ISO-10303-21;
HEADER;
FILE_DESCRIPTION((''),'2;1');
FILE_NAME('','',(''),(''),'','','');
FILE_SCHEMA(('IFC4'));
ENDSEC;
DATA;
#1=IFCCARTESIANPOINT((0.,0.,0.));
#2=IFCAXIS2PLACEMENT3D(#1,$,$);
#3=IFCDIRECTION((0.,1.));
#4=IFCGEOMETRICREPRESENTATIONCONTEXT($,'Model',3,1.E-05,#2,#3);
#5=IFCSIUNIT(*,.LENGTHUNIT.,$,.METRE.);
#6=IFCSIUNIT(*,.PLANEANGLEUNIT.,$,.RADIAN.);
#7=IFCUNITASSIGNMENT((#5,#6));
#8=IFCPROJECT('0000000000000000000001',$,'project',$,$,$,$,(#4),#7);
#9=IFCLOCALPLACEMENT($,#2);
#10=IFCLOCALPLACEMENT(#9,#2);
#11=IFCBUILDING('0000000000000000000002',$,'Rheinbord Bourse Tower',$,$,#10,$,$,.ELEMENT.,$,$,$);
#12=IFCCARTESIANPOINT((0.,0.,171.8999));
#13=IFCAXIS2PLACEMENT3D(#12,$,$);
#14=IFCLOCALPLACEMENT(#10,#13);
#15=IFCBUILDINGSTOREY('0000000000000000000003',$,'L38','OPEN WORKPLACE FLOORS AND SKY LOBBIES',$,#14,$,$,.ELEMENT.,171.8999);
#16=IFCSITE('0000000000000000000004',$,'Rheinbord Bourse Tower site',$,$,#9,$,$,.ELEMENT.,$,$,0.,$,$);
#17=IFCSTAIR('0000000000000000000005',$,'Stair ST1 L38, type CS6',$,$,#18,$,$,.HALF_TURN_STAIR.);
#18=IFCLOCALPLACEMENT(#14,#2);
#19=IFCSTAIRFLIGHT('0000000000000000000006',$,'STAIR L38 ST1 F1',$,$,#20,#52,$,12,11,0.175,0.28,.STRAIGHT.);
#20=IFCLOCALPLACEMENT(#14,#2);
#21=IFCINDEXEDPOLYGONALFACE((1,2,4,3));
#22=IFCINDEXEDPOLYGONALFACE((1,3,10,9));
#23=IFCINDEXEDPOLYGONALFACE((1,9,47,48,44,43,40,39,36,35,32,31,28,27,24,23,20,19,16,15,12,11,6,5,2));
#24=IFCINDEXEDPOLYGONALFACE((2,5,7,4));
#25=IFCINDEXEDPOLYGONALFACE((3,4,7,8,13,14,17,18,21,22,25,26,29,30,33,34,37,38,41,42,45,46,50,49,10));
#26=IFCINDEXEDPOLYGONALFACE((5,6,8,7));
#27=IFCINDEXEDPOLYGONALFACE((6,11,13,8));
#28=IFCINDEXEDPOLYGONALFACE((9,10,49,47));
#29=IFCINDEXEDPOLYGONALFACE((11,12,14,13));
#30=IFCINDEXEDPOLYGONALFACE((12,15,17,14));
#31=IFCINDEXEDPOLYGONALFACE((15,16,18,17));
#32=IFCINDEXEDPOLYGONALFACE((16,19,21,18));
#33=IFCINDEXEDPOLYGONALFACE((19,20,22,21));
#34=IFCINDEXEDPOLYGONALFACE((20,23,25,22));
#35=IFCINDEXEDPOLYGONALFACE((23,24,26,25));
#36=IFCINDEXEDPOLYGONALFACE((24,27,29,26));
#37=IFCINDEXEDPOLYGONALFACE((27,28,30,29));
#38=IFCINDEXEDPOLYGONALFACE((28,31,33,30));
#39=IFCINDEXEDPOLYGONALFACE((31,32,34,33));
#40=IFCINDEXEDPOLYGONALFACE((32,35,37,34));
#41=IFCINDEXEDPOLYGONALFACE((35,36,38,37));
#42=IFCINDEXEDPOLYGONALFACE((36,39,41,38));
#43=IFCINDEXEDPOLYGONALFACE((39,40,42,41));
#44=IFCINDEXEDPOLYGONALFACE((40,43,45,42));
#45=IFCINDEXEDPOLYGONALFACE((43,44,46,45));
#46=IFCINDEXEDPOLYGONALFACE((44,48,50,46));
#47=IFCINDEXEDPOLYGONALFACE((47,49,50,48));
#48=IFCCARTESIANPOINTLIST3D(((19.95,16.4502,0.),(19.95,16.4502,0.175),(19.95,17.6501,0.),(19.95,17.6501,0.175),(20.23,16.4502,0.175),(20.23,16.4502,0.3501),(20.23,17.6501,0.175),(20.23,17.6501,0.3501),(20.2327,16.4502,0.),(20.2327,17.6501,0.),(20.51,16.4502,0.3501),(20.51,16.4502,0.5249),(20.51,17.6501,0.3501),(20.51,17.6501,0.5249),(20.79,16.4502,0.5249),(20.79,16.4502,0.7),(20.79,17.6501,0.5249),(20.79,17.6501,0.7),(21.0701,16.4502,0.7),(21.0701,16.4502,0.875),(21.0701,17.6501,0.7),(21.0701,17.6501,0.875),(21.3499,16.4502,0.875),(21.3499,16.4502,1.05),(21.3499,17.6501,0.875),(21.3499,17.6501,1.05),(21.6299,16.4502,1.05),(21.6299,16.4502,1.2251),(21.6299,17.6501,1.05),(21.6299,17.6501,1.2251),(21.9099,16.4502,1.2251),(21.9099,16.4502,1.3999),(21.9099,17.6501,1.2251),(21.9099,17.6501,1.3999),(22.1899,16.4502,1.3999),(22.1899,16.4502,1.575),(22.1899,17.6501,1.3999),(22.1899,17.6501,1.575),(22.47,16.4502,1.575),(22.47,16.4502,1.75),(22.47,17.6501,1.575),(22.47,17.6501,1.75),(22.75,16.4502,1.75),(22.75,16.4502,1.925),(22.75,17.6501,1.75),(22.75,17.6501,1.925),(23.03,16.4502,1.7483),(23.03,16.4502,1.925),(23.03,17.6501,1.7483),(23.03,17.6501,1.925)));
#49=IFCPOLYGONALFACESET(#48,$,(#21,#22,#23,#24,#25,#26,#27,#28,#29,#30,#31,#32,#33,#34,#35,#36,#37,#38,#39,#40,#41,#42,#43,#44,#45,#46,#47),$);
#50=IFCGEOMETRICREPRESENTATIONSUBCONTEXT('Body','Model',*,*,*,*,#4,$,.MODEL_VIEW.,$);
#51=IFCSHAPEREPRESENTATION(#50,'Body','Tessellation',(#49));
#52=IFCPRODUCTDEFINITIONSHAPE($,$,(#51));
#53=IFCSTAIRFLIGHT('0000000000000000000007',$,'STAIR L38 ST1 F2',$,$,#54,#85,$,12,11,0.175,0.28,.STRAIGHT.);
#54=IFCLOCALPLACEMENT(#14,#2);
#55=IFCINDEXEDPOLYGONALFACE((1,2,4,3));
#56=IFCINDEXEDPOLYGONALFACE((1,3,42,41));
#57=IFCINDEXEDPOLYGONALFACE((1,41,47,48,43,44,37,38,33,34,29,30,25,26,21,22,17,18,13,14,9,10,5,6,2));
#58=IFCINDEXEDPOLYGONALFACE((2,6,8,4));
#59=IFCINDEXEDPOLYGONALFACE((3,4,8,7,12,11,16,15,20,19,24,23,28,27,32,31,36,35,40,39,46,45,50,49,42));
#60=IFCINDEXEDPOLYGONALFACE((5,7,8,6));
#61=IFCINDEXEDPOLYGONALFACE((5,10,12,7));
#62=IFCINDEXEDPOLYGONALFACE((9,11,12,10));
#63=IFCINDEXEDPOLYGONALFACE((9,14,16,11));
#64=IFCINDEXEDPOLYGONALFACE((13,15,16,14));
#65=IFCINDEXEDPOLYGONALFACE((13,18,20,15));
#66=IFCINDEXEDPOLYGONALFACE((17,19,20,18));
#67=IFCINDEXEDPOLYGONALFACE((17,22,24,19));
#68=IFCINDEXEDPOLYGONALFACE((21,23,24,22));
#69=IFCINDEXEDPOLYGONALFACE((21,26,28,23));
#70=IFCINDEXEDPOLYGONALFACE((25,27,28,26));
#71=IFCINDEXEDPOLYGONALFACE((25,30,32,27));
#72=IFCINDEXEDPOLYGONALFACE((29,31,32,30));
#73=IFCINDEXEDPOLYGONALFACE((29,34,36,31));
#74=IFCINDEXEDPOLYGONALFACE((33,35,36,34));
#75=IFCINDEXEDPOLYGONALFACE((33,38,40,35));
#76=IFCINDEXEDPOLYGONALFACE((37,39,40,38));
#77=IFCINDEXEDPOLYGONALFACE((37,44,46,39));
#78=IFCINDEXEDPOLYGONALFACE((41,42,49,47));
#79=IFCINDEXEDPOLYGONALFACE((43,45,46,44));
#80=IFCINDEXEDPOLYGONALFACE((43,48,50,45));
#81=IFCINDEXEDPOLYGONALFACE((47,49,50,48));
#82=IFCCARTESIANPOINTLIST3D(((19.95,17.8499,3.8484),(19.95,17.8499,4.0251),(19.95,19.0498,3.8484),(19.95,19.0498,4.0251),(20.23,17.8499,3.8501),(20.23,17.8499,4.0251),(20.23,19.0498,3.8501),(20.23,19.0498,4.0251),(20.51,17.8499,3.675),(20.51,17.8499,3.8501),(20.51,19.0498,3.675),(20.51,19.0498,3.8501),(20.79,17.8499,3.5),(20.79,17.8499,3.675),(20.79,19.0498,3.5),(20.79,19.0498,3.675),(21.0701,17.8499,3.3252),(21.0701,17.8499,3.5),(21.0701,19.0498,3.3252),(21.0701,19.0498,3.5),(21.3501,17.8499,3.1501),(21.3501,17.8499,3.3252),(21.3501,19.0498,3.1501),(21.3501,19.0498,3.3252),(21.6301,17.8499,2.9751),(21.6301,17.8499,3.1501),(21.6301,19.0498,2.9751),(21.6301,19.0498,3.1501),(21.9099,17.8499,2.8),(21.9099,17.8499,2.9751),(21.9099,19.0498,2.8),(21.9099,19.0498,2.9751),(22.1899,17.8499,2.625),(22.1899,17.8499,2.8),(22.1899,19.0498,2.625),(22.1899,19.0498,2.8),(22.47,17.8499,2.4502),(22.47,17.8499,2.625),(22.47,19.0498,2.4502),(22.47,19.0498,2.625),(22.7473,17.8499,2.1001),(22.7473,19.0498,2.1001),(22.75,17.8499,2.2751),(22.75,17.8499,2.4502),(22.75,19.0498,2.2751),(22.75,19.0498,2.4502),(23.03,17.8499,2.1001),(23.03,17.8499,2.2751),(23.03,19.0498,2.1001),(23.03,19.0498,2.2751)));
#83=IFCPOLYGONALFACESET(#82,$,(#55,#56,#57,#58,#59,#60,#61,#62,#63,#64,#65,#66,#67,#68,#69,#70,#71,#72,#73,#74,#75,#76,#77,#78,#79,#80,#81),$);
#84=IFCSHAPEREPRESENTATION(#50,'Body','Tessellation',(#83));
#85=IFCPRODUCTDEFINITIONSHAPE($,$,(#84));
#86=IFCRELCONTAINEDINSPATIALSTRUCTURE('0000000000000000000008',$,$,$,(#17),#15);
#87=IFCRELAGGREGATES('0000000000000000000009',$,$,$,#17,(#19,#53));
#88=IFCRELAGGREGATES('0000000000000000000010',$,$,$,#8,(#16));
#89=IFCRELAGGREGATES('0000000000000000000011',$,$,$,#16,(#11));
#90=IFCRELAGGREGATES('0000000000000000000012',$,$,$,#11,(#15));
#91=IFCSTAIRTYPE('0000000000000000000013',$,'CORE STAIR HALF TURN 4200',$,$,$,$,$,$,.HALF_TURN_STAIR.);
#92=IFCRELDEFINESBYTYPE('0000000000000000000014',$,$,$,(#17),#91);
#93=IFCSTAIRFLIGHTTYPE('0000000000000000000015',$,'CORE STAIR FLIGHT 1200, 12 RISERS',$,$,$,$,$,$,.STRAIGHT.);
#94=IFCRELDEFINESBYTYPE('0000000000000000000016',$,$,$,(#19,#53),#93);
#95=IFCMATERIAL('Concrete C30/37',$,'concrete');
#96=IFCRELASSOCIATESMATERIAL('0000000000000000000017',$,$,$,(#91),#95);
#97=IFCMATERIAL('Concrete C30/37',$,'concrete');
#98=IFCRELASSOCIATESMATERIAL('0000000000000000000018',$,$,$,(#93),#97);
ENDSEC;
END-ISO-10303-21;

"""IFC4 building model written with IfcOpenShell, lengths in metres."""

from ifc_helpers import new_model, si_unit, direction, frame, origin, place, context, subcontext, project, spatial, polyline, outline, extrude, material, type_object, element, aggregate, save


model = new_model("IFC4")

# Units and contexts
model_context = context("Model", 3, precision=1e-05, world=origin(), true_north=direction((0.0, 1.0)))
body_context = subcontext(model_context, "Body", "Model", "MODEL_VIEW")
ifc_project = project(units=[si_unit("LENGTHUNIT", "METRE"), si_unit("PLANEANGLEUNIT", "RADIAN")], contexts=[model_context])

# Site, building, storey
site_placement = place(None, origin())
site = spatial("IfcSite", under=ifc_project, at=site_placement, Name="Rheinbord Bourse Tower site", CompositionType="ELEMENT", RefElevation=0.0)
building_placement = place(site_placement, origin())
building = spatial("IfcBuilding", under=site, at=building_placement, Name="Rheinbord Bourse Tower", CompositionType="ELEMENT")
storey_placement = place(building_placement, frame((0.0, 0.0, 171.8999)))
storey = spatial("IfcBuildingStorey", under=building, at=storey_placement, Name="L38", Description="OPEN WORKPLACE FLOORS AND SKY LOBBIES", CompositionType="ELEMENT", Elevation=171.8999)

# Stair, stair flights
ifc_material_1 = material(Name="Concrete C30/37", Category="concrete")
stair_type = type_object("IfcStairType", Name="CORE STAIR HALF TURN 4200", PredefinedType="HALF_TURN_STAIR", material=ifc_material_1)
stair_placement = place(storey_placement, origin())
stair = element("IfcStair", 1, at=stair_placement, inside=storey, type_object=stair_type, Name="Stair ST1 L38, type CS6", PredefinedType="HALF_TURN_STAIR")
ifc_material_2 = material(Name="Concrete C30/37", Category="concrete")
stair_flight_type = type_object("IfcStairFlightType", Name="CORE STAIR FLIGHT 1200, 12 RISERS", PredefinedType="STRAIGHT", material=ifc_material_2)
stair_flight_1_placement = place(storey_placement, frame((19.95, 17.05, 0.0), z_axis=(0.0, 0.0, 1.0), x_axis=(1.0, 0.0, 0.0)))
stair_flight_1 = element("IfcStairFlight", 2, at=stair_flight_1_placement, type_object=stair_flight_type, Name="STAIR L38 ST1 F1", NumberOfRisers=12, NumberOfTreads=11, PredefinedType="STRAIGHT", RiserHeight=0.175, TreadLength=0.28, context=body_context, shape_type="SweptSolid", body=[
    extrude(outline(polyline([(0.0, 0.0), (0.0, 0.175), (0.28, 0.175), (0.28, 0.3501), (0.5601, 0.3501), (0.5601, 0.5249), (0.8401, 0.5249), (0.8401, 0.7), (1.1201, 0.7), (1.1201, 0.875), (1.3999, 0.875), (1.3999, 1.05), (1.6799, 1.05), (1.6799, 1.2251), (1.96, 1.2251), (1.96, 1.3999), (2.24, 1.3999), (2.24, 1.575), (2.52, 1.575), (2.52, 1.75), (2.8, 1.75), (2.8, 1.925), (3.0801, 1.925), (3.0801, 2.1001), (3.0801, 1.7483), (0.2827, 0.0), (0.0, 0.0)])), frame((0.0, 0.6001, 0.0), z_axis=(0.0, -1.0, 0.0), x_axis=(1.0, 0.0, 0.0)), (0.0, 0.0, 1.0), 1.2),
])
stair_flight_2_placement = place(storey_placement, frame((23.03, 18.45, 2.1001), z_axis=(0.0, 0.0, 1.0), x_axis=(-1.0, 0.0, 0.0)))
stair_flight_2 = element("IfcStairFlight", 3, at=stair_flight_2_placement, type_object=stair_flight_type, Name="STAIR L38 ST1 F2", NumberOfRisers=12, NumberOfTreads=11, PredefinedType="STRAIGHT", RiserHeight=0.175, TreadLength=0.28, context=body_context, shape_type="SweptSolid", body=[
    extrude(outline(polyline([(0.0, 0.0), (0.0, 0.175), (0.28, 0.175), (0.28, 0.3501), (0.5601, 0.3501), (0.5601, 0.5249), (0.8401, 0.5249), (0.8401, 0.7), (1.1201, 0.7), (1.1201, 0.875), (1.3999, 0.875), (1.3999, 1.05), (1.6799, 1.05), (1.6799, 1.2251), (1.96, 1.2251), (1.96, 1.3999), (2.24, 1.3999), (2.24, 1.575), (2.52, 1.575), (2.52, 1.75), (2.8, 1.75), (2.8, 1.925), (3.0801, 1.925), (3.0801, 2.1001), (3.0801, 1.7483), (0.2827, 0.0), (0.0, 0.0)])), frame((0.0, 0.6001, 0.0), z_axis=(0.0, -1.0, 0.0), x_axis=(1.0, 0.0, 0.0)), (0.0, 0.0, 1.0), 1.2),
])
aggregate(stair, [stair_flight_1, stair_flight_2])

save(model, "model.ifc")
